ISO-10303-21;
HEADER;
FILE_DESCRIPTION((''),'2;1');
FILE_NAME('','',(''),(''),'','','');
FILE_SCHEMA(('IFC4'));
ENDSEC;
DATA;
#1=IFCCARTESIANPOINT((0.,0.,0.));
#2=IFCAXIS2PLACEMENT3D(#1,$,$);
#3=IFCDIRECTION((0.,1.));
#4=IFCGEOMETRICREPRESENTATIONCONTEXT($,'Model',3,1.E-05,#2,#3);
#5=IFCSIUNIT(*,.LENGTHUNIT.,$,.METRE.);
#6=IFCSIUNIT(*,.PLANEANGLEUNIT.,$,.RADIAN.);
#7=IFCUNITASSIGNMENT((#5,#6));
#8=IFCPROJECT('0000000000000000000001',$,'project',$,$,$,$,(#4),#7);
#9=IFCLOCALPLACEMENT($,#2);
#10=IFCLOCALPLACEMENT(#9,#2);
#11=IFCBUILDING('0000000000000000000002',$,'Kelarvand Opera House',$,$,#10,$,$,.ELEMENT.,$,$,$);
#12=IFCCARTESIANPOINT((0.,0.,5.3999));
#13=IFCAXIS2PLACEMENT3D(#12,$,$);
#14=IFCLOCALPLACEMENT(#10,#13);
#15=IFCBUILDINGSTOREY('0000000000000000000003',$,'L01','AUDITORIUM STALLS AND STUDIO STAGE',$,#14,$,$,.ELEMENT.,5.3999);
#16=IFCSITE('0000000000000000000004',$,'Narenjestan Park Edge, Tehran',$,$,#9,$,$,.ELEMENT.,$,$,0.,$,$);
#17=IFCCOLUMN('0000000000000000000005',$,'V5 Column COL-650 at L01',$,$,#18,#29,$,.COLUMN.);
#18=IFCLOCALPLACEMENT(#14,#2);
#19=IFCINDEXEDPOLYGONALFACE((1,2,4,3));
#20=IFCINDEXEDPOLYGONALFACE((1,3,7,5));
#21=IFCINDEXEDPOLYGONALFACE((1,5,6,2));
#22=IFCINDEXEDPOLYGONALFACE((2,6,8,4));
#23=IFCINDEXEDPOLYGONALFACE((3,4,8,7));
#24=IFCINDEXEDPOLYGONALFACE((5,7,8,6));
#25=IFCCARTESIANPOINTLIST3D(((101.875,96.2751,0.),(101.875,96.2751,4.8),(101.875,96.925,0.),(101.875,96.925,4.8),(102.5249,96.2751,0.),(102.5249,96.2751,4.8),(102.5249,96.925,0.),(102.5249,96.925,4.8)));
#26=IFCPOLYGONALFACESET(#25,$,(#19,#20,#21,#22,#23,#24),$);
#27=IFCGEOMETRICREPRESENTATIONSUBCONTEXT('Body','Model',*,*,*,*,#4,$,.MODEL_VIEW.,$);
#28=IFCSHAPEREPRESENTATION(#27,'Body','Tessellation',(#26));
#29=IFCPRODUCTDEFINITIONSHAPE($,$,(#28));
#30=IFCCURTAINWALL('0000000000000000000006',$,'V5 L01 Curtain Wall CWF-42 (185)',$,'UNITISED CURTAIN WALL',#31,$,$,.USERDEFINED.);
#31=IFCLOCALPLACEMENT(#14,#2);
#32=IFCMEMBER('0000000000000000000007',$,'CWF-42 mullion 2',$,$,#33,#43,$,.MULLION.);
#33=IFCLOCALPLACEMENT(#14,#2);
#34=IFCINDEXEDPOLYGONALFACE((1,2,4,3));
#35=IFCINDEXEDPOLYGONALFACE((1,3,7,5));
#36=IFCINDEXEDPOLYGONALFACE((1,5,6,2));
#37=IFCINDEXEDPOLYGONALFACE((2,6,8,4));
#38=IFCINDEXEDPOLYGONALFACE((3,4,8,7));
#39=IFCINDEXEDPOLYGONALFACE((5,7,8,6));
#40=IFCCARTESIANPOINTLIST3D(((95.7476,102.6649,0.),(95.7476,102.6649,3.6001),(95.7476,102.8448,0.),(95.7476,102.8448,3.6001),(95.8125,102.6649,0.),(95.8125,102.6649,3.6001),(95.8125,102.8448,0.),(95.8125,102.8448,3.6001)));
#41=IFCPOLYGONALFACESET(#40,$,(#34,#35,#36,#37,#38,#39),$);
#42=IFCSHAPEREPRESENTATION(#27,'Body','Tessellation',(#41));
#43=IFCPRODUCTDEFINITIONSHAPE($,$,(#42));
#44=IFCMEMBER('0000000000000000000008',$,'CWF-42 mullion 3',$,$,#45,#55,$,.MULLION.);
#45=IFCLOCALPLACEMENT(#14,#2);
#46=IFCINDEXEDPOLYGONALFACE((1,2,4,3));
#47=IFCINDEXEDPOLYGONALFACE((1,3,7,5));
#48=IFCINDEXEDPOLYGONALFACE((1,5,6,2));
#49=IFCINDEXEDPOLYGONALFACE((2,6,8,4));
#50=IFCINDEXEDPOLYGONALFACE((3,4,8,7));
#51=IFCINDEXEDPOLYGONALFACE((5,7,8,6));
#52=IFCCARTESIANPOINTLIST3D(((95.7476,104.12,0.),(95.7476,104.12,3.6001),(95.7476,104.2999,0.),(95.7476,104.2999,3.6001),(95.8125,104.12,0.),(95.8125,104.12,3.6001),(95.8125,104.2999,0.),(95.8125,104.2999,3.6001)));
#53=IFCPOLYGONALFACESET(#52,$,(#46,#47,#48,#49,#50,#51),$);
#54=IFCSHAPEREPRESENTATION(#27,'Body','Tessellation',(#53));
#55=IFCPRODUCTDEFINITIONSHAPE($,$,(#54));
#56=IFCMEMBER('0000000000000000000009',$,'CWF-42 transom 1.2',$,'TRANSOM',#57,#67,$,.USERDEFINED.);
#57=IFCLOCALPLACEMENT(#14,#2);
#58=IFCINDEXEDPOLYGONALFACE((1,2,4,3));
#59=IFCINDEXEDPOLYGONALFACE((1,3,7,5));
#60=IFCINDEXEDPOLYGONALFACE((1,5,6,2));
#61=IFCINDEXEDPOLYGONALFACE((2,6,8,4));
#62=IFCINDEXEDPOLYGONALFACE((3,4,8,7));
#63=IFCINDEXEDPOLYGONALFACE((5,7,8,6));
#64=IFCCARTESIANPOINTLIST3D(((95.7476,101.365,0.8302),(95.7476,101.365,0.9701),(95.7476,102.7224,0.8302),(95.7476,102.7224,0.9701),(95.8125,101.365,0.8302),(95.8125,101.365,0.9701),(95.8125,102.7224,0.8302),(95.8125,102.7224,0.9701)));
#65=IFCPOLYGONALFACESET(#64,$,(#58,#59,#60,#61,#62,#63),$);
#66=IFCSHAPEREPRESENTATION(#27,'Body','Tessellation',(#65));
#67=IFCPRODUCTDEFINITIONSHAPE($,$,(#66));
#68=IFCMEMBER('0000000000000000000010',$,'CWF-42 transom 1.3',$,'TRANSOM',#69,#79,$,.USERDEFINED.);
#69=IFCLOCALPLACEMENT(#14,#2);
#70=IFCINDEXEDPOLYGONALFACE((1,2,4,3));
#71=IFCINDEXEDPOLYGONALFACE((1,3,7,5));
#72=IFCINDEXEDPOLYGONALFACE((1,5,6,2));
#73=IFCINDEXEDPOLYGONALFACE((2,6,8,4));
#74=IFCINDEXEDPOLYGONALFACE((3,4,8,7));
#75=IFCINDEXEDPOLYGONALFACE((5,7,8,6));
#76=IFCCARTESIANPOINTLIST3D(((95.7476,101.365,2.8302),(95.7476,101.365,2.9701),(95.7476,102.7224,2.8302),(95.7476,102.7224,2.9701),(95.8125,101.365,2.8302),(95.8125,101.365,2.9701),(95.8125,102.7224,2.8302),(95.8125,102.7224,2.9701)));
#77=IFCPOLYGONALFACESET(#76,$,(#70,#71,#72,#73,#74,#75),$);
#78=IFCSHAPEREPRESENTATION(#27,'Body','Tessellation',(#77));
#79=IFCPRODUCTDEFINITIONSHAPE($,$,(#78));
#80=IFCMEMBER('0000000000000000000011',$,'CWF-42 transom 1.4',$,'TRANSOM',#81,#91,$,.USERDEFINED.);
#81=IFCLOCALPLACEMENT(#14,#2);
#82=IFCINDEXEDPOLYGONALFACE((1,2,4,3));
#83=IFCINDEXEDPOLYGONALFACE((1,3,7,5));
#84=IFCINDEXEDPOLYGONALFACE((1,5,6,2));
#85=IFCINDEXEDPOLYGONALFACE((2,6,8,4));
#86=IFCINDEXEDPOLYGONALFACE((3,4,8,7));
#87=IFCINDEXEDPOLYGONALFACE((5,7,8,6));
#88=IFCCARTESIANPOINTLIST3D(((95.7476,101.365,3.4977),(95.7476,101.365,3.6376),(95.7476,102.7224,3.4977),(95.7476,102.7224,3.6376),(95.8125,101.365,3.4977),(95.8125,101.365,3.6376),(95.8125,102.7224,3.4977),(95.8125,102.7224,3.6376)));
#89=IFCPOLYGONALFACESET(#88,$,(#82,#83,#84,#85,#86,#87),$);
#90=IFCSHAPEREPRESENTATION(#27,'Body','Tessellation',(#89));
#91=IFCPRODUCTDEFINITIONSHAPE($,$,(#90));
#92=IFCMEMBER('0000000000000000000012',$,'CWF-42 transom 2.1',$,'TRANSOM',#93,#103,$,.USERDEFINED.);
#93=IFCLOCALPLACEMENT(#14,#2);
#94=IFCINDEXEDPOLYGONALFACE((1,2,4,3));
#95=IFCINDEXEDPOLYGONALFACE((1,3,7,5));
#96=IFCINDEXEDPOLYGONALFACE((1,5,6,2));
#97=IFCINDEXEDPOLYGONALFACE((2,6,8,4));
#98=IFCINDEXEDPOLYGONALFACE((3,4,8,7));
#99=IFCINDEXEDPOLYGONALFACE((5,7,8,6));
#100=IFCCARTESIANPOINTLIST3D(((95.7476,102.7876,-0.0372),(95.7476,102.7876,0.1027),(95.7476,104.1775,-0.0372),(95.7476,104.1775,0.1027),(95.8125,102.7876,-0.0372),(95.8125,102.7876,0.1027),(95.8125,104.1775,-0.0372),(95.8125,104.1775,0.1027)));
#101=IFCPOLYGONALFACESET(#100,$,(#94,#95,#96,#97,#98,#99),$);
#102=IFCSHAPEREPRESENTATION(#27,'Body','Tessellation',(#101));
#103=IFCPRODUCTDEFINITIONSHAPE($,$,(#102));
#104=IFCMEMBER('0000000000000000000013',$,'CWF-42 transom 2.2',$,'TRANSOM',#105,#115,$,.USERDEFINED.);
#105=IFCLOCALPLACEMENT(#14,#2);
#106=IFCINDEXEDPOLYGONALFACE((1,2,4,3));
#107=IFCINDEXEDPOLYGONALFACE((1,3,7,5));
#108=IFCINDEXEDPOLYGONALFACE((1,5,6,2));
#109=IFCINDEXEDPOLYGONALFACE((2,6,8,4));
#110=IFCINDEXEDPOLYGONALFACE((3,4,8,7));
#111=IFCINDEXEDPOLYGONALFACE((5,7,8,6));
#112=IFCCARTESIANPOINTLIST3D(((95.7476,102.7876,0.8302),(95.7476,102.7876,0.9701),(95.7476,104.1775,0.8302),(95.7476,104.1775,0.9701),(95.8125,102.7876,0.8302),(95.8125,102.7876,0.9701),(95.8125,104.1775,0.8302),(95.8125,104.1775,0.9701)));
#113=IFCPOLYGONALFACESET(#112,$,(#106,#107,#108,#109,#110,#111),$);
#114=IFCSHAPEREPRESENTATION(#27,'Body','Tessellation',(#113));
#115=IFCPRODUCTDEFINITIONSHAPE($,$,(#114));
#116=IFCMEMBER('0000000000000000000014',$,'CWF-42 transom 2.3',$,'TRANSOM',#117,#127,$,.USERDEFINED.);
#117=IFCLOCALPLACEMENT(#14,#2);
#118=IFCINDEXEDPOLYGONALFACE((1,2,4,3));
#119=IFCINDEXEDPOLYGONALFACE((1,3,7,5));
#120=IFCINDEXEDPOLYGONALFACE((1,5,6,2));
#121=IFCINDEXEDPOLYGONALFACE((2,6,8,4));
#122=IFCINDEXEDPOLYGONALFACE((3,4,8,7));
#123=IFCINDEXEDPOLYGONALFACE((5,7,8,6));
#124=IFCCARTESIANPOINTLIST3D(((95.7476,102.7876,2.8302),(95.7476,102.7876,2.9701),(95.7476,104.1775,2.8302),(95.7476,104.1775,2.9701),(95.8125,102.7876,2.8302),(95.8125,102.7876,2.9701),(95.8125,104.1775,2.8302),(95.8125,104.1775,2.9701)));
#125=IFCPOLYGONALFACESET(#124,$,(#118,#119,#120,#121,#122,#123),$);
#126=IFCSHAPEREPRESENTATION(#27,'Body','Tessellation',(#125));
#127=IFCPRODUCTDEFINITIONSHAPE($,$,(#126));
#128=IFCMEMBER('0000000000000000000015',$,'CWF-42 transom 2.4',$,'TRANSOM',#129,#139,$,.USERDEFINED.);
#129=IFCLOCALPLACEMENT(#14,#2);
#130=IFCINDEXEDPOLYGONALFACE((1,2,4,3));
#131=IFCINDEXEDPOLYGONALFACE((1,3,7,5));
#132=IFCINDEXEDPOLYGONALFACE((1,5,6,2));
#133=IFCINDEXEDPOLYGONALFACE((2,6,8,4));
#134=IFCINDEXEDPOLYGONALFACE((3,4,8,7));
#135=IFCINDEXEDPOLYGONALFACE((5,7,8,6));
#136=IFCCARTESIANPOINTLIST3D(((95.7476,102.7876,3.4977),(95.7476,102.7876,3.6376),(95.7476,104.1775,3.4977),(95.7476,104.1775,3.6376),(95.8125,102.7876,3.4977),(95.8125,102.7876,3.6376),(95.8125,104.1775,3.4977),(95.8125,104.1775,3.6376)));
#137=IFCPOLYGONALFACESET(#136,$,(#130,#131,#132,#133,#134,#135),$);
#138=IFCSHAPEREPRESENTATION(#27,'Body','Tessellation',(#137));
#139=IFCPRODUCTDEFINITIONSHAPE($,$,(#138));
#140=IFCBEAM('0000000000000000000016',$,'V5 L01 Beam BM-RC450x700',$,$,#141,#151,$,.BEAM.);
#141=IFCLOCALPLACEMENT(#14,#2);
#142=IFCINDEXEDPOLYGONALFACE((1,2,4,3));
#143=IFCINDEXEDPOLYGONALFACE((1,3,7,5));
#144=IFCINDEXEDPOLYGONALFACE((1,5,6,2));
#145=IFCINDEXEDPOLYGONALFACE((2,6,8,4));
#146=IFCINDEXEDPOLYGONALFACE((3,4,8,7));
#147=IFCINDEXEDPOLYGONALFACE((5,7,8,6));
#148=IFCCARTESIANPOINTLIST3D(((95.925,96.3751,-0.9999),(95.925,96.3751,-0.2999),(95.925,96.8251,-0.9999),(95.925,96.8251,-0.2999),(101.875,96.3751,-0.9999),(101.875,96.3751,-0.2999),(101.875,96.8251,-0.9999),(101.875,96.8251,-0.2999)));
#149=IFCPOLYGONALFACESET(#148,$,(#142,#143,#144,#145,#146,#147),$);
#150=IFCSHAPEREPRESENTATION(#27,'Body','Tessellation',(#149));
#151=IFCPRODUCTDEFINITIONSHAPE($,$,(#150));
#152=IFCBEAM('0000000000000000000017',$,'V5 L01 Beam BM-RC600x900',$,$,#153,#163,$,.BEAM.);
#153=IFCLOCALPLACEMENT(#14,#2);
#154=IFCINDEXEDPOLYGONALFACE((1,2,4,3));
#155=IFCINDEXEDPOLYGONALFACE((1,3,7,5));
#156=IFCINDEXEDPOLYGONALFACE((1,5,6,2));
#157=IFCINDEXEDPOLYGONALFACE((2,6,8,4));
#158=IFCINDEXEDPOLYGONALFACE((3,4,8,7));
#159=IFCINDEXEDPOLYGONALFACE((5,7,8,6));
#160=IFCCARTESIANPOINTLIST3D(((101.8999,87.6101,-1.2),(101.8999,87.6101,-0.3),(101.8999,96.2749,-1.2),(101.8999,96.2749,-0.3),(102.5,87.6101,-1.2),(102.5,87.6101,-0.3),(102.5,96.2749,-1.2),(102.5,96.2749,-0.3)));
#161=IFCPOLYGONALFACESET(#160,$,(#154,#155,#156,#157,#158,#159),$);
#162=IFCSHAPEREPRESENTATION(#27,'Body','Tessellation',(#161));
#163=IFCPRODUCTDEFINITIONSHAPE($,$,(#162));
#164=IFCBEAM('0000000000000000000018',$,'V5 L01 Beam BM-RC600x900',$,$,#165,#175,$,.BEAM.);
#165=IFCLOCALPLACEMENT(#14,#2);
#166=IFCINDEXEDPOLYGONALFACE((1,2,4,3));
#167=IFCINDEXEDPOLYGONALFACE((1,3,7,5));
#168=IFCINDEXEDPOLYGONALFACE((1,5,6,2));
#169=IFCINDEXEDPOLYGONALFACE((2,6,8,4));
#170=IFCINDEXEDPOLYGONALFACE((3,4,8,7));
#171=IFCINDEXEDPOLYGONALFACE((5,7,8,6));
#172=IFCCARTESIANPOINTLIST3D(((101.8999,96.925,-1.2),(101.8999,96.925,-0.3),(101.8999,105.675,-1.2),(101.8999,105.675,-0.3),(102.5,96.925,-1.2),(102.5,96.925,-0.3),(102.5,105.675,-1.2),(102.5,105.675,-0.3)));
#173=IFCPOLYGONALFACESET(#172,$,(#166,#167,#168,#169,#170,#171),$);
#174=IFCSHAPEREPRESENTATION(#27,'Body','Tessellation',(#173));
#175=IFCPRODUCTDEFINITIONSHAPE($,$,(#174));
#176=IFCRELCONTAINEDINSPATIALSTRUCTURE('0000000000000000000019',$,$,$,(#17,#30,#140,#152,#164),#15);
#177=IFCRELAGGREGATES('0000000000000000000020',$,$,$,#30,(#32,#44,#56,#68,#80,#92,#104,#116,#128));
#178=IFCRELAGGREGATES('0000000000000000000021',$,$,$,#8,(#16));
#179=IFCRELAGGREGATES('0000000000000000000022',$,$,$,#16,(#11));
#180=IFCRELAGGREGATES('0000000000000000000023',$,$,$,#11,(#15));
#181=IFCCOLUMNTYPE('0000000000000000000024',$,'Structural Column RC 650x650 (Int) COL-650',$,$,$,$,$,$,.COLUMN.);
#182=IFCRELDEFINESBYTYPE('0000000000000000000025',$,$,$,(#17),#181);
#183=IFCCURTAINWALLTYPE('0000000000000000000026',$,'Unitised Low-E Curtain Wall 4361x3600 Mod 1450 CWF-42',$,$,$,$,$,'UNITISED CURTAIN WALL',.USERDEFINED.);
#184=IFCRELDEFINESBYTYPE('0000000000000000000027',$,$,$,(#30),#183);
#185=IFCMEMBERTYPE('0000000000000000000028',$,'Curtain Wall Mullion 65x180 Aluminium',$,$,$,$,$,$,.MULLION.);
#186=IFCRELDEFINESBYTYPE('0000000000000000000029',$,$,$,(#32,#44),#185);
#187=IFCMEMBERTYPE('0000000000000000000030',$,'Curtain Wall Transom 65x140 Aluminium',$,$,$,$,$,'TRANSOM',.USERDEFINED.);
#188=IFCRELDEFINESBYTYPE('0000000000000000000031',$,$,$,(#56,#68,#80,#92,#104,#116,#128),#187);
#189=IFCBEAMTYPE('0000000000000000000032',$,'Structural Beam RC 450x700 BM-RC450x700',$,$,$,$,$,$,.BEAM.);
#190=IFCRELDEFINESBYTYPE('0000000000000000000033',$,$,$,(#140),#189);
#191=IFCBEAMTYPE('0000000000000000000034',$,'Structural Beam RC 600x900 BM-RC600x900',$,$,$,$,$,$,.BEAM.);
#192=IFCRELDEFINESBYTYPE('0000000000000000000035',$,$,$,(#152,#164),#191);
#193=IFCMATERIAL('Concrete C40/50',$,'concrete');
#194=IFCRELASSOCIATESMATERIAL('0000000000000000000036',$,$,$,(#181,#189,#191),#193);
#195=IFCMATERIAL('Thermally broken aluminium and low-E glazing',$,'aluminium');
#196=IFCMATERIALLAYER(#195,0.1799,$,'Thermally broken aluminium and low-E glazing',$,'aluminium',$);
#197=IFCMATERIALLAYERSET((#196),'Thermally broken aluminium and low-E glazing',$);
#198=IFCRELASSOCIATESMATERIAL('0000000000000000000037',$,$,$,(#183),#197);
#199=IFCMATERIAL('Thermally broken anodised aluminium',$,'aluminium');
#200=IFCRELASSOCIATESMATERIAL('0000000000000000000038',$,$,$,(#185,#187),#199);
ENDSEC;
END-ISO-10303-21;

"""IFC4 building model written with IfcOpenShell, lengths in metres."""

from ifc_helpers import new_model, si_unit, direction, frame, origin, origin_2d, place, context, subcontext, project, spatial, rectangle, extrude, material, layer, layer_set, material_profile, profile_set, type_object, element, aggregate, save


model = new_model("IFC4")

# Units and contexts
model_context = context("Model", 3, precision=1e-05, world=origin(), true_north=direction((0.0, 1.0)))
body_context = subcontext(model_context, "Body", "Model", "MODEL_VIEW")
ifc_project = project(units=[si_unit("LENGTHUNIT", "METRE"), si_unit("PLANEANGLEUNIT", "RADIAN")], contexts=[model_context])

# Site, building, storey
site_placement = place(None, origin())
site = spatial("IfcSite", under=ifc_project, at=site_placement, Name="Narenjestan Park Edge, Tehran", CompositionType="ELEMENT", RefElevation=0.0)
building_placement = place(site_placement, origin())
building = spatial("IfcBuilding", under=site, at=building_placement, Name="Kelarvand Opera House", CompositionType="ELEMENT")
storey_placement = place(building_placement, frame((0.0, 0.0, 5.3999)))
storey = spatial("IfcBuildingStorey", under=building, at=storey_placement, Name="L01", Description="AUDITORIUM STALLS AND STUDIO STAGE", CompositionType="ELEMENT", Elevation=5.3999)

# Column
ifc_material_1 = material(Name="Concrete C40/50", Category="concrete")
ifc_material_profile_1 = material_profile(ifc_material_1, rectangle(XDim=0.6499, YDim=0.6499, at=origin_2d()), Name="RC 650x650", Category="concrete")
ifc_profile_set_1 = profile_set([ifc_material_profile_1], Name="Concrete C40/50")
column_type = type_object("IfcColumnType", Name="Structural Column RC 650x650 (Int) COL-650", PredefinedType="COLUMN", material=ifc_profile_set_1)
column_placement = place(storey_placement, frame((102.2, 96.6001, 0.0), z_axis=(0.0, 0.0, 1.0), x_axis=(1.0, 0.0, 0.0)))
element("IfcColumn", 1, at=column_placement, inside=storey, type_object=column_type, Name="V5 Column COL-650 at L01", PredefinedType="COLUMN", context=body_context, shape_type="SweptSolid", body=[
    extrude(rectangle(XDim=0.6499, YDim=0.6499, at=origin_2d()), origin(), (0.0, 0.0, 1.0), 4.8),
])

# Curtain wall, members
ifc_material_2 = material(Name="Thermally broken aluminium and low-E glazing", Category="aluminium")
ifc_layer_1 = layer(ifc_material_2, 0.1799, Name="Thermally broken aluminium and low-E glazing", Category="aluminium")
ifc_layer_set_1 = layer_set([ifc_layer_1], Name="Thermally broken aluminium and low-E glazing")
curtain_wall_type = type_object("IfcCurtainWallType", Name="Unitised Low-E Curtain Wall 4361x3600 Mod 1450 CWF-42", ElementType="UNITISED CURTAIN WALL", PredefinedType="USERDEFINED", material=ifc_layer_set_1)
curtain_wall_placement = place(storey_placement, origin())
curtain_wall = element("IfcCurtainWall", 2, at=curtain_wall_placement, inside=storey, type_object=curtain_wall_type, Name="V5 L01 Curtain Wall CWF-42 (185)", ObjectType="UNITISED CURTAIN WALL", PredefinedType="USERDEFINED")
ifc_material_3 = material(Name="Thermally broken anodised aluminium", Category="aluminium")
ifc_material_profile_2 = material_profile(ifc_material_3, rectangle(XDim=0.0649, YDim=0.1799, at=origin_2d()), Name="ALU MULLION 65x180", Category="aluminium")
ifc_profile_set_2 = profile_set([ifc_material_profile_2], Name="Thermally broken anodised aluminium")
member_type_1 = type_object("IfcMemberType", Name="Curtain Wall Mullion 65x180 Aluminium", PredefinedType="MULLION", material=ifc_profile_set_2)
member_1_placement = place(storey_placement, frame((95.78, 102.7549, 0.0), z_axis=(0.0, 0.0, 1.0), x_axis=(-1.0, 0.0, 0.0)))
member_1 = element("IfcMember", 3, at=member_1_placement, type_object=member_type_1, Name="CWF-42 mullion 2", PredefinedType="MULLION", context=body_context, shape_type="SweptSolid", body=[
    extrude(rectangle(XDim=0.0649, YDim=0.1799, at=origin_2d()), origin(), (0.0, 0.0, 1.0), 3.6001),
])
member_2_placement = place(storey_placement, frame((95.78, 104.21, 0.0), z_axis=(0.0, 0.0, 1.0), x_axis=(-1.0, 0.0, 0.0)))
member_2 = element("IfcMember", 4, at=member_2_placement, type_object=member_type_1, Name="CWF-42 mullion 3", PredefinedType="MULLION", context=body_context, shape_type="SweptSolid", body=[
    extrude(rectangle(XDim=0.0649, YDim=0.1799, at=origin_2d()), origin(), (0.0, 0.0, 1.0), 3.6001),
])
ifc_material_profile_3 = material_profile(ifc_material_3, rectangle(XDim=0.0649, YDim=0.1399, at=origin_2d()), Name="ALU TRANSOM 65x140", Category="aluminium")
ifc_profile_set_3 = profile_set([ifc_material_profile_3], Name="Thermally broken anodised aluminium")
member_type_2 = type_object("IfcMemberType", Name="Curtain Wall Transom 65x140 Aluminium", ElementType="TRANSOM", PredefinedType="USERDEFINED", material=ifc_profile_set_3)
member_3_placement = place(storey_placement, frame((95.78, 101.365, 0.9001), z_axis=(0.0, 1.0, 0.0), x_axis=(-1.0, 0.0, 0.0)))
member_3 = element("IfcMember", 5, at=member_3_placement, type_object=member_type_2, Name="CWF-42 transom 1.2", ObjectType="TRANSOM", PredefinedType="USERDEFINED", context=body_context, shape_type="SweptSolid", body=[
    extrude(rectangle(XDim=0.0649, YDim=0.1399, at=origin_2d()), origin(), (0.0, 0.0, 1.0), 1.3574),
])
member_4_placement = place(storey_placement, frame((95.78, 101.365, 2.9001), z_axis=(0.0, 1.0, 0.0), x_axis=(-1.0, 0.0, 0.0)))
member_4 = element("IfcMember", 6, at=member_4_placement, type_object=member_type_2, Name="CWF-42 transom 1.3", ObjectType="TRANSOM", PredefinedType="USERDEFINED", context=body_context, shape_type="SweptSolid", body=[
    extrude(rectangle(XDim=0.0649, YDim=0.1399, at=origin_2d()), origin(), (0.0, 0.0, 1.0), 1.3574),
])
member_5_placement = place(storey_placement, frame((95.78, 101.365, 3.5676), z_axis=(0.0, 1.0, 0.0), x_axis=(-1.0, 0.0, 0.0)))
member_5 = element("IfcMember", 7, at=member_5_placement, type_object=member_type_2, Name="CWF-42 transom 1.4", ObjectType="TRANSOM", PredefinedType="USERDEFINED", context=body_context, shape_type="SweptSolid", body=[
    extrude(rectangle(XDim=0.0649, YDim=0.1399, at=origin_2d()), origin(), (0.0, 0.0, 1.0), 1.3574),
])
member_6_placement = place(storey_placement, frame((95.78, 102.7876, 0.0327), z_axis=(0.0, 1.0, 0.0), x_axis=(-1.0, 0.0, 0.0)))
member_6 = element("IfcMember", 8, at=member_6_placement, type_object=member_type_2, Name="CWF-42 transom 2.1", ObjectType="TRANSOM", PredefinedType="USERDEFINED", context=body_context, shape_type="SweptSolid", body=[
    extrude(rectangle(XDim=0.0649, YDim=0.1399, at=origin_2d()), origin(), (0.0, 0.0, 1.0), 1.3899),
])
member_7_placement = place(storey_placement, frame((95.78, 102.7876, 0.9001), z_axis=(0.0, 1.0, 0.0), x_axis=(-1.0, 0.0, 0.0)))
member_7 = element("IfcMember", 9, at=member_7_placement, type_object=member_type_2, Name="CWF-42 transom 2.2", ObjectType="TRANSOM", PredefinedType="USERDEFINED", context=body_context, shape_type="SweptSolid", body=[
    extrude(rectangle(XDim=0.0649, YDim=0.1399, at=origin_2d()), origin(), (0.0, 0.0, 1.0), 1.3899),
])
member_8_placement = place(storey_placement, frame((95.78, 102.7876, 2.9001), z_axis=(0.0, 1.0, 0.0), x_axis=(-1.0, 0.0, 0.0)))
member_8 = element("IfcMember", 10, at=member_8_placement, type_object=member_type_2, Name="CWF-42 transom 2.3", ObjectType="TRANSOM", PredefinedType="USERDEFINED", context=body_context, shape_type="SweptSolid", body=[
    extrude(rectangle(XDim=0.0649, YDim=0.1399, at=origin_2d()), origin(), (0.0, 0.0, 1.0), 1.3899),
])
member_9_placement = place(storey_placement, frame((95.78, 102.7876, 3.5676), z_axis=(0.0, 1.0, 0.0), x_axis=(-1.0, 0.0, 0.0)))
member_9 = element("IfcMember", 11, at=member_9_placement, type_object=member_type_2, Name="CWF-42 transom 2.4", ObjectType="TRANSOM", PredefinedType="USERDEFINED", context=body_context, shape_type="SweptSolid", body=[
    extrude(rectangle(XDim=0.0649, YDim=0.1399, at=origin_2d()), origin(), (0.0, 0.0, 1.0), 1.3899),
])

# Beams
ifc_material_profile_4 = material_profile(ifc_material_1, rectangle(XDim=0.45, YDim=0.7, at=origin_2d()), Name="RC 450x700", Category="concrete")
ifc_profile_set_4 = profile_set([ifc_material_profile_4], Name="Concrete C40/50")
beam_type_1 = type_object("IfcBeamType", Name="Structural Beam RC 450x700 BM-RC450x700", PredefinedType="BEAM", material=ifc_profile_set_4)
beam_1_placement = place(storey_placement, frame((95.925, 96.6001, -0.6499), z_axis=(1.0, 0.0, 0.0), x_axis=(0.0, 1.0, 0.0)))
element("IfcBeam", 12, at=beam_1_placement, inside=storey, type_object=beam_type_1, Name="V5 L01 Beam BM-RC450x700", PredefinedType="BEAM", context=body_context, shape_type="SweptSolid", body=[
    extrude(rectangle(XDim=0.45, YDim=0.7, at=origin_2d()), origin(), (0.0, 0.0, 1.0), 5.95),
])
ifc_material_profile_5 = material_profile(ifc_material_1, rectangle(XDim=0.6001, YDim=0.8999, at=origin_2d()), Name="RC 600x900", Category="concrete")
ifc_profile_set_5 = profile_set([ifc_material_profile_5], Name="Concrete C40/50")
beam_type_2 = type_object("IfcBeamType", Name="Structural Beam RC 600x900 BM-RC600x900", PredefinedType="BEAM", material=ifc_profile_set_5)
beam_2_placement = place(storey_placement, frame((102.2, 87.6101, -0.75), z_axis=(0.0, 1.0, 0.0), x_axis=(-1.0, 0.0, 0.0)))
element("IfcBeam", 13, at=beam_2_placement, inside=storey, type_object=beam_type_2, Name="V5 L01 Beam BM-RC600x900", PredefinedType="BEAM", context=body_context, shape_type="SweptSolid", body=[
    extrude(rectangle(XDim=0.6001, YDim=0.8999, at=origin_2d()), origin(), (0.0, 0.0, 1.0), 8.6648),
])
beam_3_placement = place(storey_placement, frame((102.2, 96.925, -0.75), z_axis=(0.0, 1.0, 0.0), x_axis=(-1.0, 0.0, 0.0)))
element("IfcBeam", 14, at=beam_3_placement, inside=storey, type_object=beam_type_2, Name="V5 L01 Beam BM-RC600x900", PredefinedType="BEAM", context=body_context, shape_type="SweptSolid", body=[
    extrude(rectangle(XDim=0.6001, YDim=0.8999, at=origin_2d()), origin(), (0.0, 0.0, 1.0), 8.75),
])

aggregate(curtain_wall, [member_1, member_2, member_3, member_4, member_5, member_6, member_7, member_8, member_9])

save(model, "model.ifc")
